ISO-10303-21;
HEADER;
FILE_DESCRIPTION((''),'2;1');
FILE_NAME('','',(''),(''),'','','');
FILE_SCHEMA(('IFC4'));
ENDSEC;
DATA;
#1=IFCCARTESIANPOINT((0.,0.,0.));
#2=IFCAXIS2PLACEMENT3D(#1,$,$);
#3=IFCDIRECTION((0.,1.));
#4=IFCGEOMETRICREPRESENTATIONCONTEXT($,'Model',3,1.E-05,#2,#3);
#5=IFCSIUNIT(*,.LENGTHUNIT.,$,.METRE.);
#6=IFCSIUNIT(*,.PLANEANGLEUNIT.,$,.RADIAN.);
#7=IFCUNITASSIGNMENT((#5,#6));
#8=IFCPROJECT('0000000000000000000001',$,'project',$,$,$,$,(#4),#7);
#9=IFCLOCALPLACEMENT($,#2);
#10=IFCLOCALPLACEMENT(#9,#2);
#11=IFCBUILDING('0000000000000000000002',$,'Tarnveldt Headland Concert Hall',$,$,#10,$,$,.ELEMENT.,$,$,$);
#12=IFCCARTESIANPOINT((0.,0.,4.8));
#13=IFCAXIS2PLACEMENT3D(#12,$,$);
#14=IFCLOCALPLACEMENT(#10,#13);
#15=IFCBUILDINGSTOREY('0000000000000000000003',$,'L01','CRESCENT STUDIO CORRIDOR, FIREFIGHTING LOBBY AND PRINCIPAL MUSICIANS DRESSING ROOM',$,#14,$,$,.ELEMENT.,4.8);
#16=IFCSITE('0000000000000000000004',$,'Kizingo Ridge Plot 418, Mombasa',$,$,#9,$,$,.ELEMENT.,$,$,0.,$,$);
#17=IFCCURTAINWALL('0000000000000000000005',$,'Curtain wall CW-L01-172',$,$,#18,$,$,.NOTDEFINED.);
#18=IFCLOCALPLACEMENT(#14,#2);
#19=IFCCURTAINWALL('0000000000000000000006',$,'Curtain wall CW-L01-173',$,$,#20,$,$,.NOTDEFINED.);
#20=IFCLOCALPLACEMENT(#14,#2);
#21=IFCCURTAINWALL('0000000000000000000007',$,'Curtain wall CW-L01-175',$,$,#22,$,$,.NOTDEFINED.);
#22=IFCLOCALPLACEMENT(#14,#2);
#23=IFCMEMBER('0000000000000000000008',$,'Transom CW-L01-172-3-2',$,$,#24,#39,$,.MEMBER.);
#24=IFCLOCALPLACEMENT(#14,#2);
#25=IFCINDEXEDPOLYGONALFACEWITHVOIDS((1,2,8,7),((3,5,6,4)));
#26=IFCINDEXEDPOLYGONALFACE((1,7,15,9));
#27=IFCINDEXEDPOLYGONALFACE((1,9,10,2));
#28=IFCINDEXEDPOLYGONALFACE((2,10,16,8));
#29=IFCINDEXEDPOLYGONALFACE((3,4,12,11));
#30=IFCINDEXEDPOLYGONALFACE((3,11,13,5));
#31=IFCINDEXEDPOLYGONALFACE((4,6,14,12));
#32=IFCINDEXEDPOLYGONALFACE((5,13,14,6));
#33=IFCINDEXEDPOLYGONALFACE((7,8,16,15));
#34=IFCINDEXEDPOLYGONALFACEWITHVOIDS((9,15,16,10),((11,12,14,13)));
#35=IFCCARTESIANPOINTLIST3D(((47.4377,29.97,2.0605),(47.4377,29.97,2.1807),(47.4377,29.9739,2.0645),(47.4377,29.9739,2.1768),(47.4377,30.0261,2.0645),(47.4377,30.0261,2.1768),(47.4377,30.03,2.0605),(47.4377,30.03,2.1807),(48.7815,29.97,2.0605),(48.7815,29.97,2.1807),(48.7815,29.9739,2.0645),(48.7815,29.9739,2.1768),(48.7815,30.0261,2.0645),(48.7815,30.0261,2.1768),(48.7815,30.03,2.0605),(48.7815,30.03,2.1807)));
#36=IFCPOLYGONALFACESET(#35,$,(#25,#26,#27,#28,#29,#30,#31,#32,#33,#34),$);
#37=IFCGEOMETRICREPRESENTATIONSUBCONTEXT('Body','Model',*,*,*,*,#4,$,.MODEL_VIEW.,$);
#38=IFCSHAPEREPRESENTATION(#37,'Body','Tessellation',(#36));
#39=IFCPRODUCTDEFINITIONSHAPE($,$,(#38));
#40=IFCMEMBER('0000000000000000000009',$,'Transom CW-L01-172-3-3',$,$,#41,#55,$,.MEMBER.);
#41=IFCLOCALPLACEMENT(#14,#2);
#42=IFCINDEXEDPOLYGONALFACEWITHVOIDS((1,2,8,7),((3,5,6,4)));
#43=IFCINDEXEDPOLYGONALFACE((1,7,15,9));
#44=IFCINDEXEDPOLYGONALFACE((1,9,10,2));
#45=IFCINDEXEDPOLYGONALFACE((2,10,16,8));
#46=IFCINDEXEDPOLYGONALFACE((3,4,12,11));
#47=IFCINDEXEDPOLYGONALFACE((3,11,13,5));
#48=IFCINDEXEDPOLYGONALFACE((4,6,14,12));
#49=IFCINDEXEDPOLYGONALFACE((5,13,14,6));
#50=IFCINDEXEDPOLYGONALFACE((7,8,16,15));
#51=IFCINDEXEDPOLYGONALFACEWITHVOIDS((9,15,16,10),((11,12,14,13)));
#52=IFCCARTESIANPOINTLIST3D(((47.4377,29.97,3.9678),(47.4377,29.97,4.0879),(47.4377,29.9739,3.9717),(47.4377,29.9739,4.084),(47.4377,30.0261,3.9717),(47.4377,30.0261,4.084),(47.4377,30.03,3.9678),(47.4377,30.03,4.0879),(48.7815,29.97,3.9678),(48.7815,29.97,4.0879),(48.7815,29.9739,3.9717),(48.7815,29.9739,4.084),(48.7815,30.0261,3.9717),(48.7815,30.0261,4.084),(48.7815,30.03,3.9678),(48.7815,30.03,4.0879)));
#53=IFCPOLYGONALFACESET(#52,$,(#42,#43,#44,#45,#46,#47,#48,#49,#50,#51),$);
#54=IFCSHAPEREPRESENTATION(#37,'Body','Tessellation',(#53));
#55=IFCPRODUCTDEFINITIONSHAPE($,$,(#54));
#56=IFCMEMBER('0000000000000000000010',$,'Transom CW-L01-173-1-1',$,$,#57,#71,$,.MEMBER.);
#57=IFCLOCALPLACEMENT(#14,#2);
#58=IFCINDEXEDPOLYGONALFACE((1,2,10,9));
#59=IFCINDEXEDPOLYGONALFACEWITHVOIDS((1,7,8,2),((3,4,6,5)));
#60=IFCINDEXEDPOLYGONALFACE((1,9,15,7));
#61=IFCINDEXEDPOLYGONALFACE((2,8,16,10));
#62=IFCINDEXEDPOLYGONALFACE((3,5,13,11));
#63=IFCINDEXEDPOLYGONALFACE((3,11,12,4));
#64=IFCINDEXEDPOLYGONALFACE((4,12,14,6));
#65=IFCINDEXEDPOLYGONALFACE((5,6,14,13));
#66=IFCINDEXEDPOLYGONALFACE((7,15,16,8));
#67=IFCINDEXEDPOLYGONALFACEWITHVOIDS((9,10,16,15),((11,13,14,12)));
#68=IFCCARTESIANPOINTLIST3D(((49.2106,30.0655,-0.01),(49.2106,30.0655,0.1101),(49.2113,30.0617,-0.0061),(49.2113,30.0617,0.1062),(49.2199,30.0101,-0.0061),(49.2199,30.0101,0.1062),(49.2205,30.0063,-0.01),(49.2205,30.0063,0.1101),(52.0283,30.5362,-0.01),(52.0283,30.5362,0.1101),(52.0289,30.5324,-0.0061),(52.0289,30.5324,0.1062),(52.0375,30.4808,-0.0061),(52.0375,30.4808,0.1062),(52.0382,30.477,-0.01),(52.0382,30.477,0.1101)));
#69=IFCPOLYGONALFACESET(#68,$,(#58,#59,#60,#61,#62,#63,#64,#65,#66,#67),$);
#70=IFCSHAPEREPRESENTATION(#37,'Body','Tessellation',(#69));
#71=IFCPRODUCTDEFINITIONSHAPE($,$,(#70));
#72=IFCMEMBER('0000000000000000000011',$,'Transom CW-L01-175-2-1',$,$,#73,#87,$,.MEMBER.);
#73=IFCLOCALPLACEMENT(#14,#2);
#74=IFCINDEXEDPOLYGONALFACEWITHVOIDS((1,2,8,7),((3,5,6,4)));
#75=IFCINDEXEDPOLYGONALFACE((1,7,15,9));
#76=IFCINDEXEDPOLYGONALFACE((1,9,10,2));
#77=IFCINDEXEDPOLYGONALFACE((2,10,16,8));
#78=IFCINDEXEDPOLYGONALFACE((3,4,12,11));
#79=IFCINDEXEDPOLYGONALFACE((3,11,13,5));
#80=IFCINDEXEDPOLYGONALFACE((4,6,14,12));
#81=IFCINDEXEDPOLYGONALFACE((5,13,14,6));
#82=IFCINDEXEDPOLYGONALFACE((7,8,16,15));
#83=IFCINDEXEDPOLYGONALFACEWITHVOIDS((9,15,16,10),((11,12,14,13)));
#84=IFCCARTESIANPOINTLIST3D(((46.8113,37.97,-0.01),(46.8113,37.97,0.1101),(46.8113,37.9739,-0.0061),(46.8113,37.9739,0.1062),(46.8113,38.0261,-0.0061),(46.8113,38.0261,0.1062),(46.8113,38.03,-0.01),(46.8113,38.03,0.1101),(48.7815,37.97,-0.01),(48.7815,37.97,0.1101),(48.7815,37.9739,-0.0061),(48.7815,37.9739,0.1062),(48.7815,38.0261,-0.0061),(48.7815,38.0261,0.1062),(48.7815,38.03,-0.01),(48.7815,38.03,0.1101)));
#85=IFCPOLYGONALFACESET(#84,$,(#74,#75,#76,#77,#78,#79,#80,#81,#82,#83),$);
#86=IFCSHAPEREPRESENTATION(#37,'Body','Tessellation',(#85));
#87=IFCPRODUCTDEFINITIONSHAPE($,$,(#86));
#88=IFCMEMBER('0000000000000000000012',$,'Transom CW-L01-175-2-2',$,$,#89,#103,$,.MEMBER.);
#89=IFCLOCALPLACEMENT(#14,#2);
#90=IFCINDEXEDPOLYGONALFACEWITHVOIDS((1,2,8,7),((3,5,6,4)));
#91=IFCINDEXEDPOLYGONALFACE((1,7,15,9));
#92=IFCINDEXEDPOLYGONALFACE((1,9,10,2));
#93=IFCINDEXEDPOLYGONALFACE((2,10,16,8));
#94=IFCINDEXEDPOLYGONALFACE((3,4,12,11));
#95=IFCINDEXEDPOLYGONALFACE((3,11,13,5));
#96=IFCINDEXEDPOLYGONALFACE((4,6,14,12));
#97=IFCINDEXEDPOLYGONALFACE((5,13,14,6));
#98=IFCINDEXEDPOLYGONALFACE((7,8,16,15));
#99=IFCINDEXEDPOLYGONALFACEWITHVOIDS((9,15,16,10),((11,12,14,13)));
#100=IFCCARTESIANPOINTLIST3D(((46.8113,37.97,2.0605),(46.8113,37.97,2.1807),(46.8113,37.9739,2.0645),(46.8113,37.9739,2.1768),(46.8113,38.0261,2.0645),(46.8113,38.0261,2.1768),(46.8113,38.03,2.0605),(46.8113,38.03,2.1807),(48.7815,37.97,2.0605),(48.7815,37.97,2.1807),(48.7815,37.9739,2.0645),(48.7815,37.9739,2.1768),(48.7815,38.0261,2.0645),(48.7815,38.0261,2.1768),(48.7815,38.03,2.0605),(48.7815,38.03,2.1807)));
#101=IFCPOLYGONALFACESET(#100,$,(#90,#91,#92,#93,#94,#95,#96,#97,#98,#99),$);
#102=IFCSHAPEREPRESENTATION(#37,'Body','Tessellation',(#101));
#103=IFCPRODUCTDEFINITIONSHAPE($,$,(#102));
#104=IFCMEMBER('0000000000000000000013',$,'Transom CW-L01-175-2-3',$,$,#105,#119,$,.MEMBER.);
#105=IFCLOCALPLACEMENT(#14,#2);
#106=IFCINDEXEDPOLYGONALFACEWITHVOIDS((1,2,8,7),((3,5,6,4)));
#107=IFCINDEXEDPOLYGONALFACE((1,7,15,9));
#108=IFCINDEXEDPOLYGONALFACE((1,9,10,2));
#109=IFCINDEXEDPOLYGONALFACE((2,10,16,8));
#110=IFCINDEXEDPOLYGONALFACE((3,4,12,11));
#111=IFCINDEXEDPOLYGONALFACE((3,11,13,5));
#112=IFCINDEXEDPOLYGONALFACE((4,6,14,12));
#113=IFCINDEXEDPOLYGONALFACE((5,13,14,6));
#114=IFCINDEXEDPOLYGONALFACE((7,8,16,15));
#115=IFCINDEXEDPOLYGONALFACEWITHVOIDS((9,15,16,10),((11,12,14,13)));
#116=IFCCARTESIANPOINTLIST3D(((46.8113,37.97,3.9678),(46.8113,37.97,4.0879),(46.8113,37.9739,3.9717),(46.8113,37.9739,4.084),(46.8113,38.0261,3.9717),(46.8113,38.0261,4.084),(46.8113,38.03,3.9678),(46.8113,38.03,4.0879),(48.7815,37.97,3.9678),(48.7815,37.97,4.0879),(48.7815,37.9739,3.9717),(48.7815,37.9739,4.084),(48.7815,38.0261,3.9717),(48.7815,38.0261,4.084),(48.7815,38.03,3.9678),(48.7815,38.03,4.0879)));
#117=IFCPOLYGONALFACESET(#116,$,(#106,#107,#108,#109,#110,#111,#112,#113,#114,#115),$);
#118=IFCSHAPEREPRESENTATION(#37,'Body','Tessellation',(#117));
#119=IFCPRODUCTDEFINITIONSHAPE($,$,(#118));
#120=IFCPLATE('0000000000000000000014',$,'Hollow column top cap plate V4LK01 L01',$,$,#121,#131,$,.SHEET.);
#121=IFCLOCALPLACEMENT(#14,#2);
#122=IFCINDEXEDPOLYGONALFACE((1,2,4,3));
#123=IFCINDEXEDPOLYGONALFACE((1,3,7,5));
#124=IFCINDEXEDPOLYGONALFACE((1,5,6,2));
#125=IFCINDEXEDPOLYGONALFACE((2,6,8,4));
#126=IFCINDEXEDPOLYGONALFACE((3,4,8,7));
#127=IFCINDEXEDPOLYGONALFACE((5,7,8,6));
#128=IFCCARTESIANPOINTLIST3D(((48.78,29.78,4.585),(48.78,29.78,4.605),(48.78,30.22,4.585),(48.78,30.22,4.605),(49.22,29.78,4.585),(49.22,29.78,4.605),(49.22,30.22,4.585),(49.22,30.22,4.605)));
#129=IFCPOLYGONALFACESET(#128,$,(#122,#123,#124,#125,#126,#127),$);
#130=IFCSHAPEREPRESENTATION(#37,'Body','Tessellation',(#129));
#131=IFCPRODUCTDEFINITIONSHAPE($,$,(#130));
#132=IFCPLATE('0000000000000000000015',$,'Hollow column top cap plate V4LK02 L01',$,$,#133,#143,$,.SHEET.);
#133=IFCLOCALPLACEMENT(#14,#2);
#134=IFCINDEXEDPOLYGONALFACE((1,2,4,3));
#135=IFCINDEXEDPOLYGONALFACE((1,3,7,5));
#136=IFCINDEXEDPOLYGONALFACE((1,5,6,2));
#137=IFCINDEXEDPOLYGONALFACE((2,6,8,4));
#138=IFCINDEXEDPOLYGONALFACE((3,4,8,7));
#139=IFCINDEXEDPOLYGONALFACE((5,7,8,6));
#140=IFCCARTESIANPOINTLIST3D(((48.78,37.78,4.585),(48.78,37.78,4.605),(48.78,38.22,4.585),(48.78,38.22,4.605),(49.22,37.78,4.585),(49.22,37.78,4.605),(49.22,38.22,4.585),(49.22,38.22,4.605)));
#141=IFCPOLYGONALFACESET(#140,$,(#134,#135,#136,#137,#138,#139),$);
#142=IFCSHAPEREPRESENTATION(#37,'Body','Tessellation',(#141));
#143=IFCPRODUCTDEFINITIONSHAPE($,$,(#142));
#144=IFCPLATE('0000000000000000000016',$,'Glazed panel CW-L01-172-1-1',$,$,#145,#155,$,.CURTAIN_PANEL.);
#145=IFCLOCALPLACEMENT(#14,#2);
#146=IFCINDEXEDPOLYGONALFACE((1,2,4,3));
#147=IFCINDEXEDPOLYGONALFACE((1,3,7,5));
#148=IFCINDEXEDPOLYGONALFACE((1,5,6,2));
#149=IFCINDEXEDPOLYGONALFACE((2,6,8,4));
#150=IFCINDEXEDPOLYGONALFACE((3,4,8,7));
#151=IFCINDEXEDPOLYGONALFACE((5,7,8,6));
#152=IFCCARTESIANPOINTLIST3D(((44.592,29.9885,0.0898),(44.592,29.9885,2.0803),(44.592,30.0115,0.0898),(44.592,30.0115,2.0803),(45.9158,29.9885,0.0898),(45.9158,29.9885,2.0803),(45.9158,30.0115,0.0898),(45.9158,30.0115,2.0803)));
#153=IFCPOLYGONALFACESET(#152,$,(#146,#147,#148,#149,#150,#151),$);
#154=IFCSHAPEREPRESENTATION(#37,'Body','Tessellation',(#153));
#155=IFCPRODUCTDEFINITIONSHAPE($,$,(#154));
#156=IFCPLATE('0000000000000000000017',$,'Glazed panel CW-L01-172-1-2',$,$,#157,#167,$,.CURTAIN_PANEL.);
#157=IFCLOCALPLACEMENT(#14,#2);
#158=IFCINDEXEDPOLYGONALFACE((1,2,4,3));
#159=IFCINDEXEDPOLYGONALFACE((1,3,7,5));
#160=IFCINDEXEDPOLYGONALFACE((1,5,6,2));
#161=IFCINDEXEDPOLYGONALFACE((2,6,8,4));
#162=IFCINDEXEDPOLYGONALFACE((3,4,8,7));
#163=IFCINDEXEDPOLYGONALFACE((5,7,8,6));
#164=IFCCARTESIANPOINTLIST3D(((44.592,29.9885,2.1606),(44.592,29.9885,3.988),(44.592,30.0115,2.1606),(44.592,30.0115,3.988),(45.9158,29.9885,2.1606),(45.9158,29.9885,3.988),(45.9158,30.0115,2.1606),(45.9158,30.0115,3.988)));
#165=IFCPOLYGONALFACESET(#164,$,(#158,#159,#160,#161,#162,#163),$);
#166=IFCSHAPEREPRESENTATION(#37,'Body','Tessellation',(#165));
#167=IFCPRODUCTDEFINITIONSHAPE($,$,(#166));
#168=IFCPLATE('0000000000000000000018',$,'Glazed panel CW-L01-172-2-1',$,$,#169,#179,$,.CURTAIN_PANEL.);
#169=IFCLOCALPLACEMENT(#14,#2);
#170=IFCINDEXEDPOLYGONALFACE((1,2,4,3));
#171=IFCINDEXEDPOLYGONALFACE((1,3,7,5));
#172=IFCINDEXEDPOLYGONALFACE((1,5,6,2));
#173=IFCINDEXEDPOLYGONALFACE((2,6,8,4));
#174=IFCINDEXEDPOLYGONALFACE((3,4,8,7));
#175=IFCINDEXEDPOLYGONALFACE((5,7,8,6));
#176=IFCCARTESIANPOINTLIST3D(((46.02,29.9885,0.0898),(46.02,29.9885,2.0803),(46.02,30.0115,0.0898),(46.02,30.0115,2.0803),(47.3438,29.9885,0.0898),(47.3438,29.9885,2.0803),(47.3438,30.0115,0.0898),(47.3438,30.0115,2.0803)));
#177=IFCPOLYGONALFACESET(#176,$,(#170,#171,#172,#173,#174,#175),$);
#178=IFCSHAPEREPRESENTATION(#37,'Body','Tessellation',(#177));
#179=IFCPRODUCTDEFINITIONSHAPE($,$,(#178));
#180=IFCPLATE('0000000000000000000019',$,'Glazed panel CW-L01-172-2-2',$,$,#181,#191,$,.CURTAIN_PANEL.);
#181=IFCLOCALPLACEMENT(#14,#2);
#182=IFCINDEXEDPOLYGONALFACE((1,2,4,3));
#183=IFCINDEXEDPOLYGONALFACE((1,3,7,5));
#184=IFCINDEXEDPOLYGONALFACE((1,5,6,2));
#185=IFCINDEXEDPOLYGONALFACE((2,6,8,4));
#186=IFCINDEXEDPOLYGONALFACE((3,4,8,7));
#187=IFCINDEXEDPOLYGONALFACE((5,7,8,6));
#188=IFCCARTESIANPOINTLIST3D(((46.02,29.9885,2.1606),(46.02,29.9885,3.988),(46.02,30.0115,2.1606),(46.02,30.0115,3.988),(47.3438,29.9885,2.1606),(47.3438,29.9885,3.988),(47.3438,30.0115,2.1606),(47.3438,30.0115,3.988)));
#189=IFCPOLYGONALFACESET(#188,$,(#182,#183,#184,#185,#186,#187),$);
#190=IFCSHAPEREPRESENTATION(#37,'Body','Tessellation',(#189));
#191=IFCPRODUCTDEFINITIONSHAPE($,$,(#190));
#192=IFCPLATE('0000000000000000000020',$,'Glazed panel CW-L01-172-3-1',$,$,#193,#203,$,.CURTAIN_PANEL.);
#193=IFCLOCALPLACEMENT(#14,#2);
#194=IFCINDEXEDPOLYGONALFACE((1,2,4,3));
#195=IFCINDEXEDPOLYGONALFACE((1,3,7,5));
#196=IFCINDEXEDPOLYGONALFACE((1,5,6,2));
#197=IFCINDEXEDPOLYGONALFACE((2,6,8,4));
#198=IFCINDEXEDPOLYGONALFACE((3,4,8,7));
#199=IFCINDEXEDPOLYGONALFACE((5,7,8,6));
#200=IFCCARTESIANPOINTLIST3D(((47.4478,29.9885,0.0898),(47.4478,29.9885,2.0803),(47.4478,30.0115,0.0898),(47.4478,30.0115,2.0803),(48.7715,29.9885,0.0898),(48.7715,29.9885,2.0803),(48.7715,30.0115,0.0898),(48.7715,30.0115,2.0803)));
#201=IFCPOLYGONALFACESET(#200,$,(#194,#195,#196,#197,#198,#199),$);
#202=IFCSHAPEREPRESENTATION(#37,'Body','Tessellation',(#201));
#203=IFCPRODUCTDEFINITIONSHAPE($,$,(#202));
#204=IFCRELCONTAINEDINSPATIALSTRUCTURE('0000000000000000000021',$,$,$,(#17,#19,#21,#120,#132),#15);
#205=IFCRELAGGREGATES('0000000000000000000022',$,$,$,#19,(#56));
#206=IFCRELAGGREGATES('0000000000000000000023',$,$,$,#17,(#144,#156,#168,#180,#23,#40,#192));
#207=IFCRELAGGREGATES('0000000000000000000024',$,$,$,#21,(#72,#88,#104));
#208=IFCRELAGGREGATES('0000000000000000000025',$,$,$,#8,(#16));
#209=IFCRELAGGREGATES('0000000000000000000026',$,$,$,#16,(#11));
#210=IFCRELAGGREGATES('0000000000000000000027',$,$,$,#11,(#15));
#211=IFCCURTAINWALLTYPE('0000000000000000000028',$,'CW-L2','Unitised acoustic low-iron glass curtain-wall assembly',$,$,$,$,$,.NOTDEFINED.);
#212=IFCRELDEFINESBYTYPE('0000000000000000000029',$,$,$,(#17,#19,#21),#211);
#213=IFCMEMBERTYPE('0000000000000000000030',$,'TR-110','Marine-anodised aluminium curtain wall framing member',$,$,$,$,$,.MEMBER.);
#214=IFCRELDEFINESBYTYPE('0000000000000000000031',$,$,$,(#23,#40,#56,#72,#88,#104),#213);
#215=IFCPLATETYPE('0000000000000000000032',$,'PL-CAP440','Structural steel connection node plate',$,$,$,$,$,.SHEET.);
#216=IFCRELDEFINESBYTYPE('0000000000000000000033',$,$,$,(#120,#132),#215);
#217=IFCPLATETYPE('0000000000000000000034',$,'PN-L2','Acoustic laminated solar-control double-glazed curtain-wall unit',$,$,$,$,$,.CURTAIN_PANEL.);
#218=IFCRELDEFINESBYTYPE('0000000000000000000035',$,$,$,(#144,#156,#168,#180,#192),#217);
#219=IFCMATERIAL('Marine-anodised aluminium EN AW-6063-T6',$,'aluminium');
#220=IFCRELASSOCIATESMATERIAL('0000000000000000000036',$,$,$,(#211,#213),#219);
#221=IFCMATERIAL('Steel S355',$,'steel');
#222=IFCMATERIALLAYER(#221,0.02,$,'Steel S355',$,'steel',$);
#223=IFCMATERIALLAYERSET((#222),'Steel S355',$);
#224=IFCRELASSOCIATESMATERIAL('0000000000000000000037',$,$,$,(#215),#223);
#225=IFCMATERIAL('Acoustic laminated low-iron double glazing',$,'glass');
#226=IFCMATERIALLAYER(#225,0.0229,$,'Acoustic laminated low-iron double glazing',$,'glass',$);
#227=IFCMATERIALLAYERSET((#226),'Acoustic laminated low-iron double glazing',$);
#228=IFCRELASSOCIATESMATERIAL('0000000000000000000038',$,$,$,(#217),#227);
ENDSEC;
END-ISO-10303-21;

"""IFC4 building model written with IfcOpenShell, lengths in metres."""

from ifc_helpers import new_model, si_unit, direction, frame, origin, origin_2d, place, context, subcontext, project, spatial, rectangle, hollow_rectangle, extrude, material, layer, layer_set, material_profile, profile_set, type_object, element, aggregate, save


model = new_model("IFC4")

# Units and contexts
model_context = context("Model", 3, precision=1e-05, world=origin(), true_north=direction((0.0, 1.0)))
body_context = subcontext(model_context, "Body", "Model", "MODEL_VIEW")
ifc_project = project(units=[si_unit("LENGTHUNIT", "METRE"), si_unit("PLANEANGLEUNIT", "RADIAN")], contexts=[model_context])

# Site, building, storey
site_placement = place(None, origin())
site = spatial("IfcSite", under=ifc_project, at=site_placement, Name="Kizingo Ridge Plot 418, Mombasa", CompositionType="ELEMENT", RefElevation=0.0)
building_placement = place(site_placement, origin())
building = spatial("IfcBuilding", under=site, at=building_placement, Name="Tarnveldt Headland Concert Hall", CompositionType="ELEMENT")
storey_placement = place(building_placement, frame((0.0, 0.0, 4.8)))
storey = spatial("IfcBuildingStorey", under=building, at=storey_placement, Name="L01", Description="CRESCENT STUDIO CORRIDOR, FIREFIGHTING LOBBY AND PRINCIPAL MUSICIANS DRESSING ROOM", CompositionType="ELEMENT", Elevation=4.8)

# Shared definitions
ifc_material_1 = material(Name="Steel S355", Category="steel")

# Curtain wall
ifc_material_2 = material(Name="Marine-anodised aluminium EN AW-6063-T6", Category="aluminium")
curtain_wall_type = type_object("IfcCurtainWallType", Name="CW-L2", Description="Unitised acoustic low-iron glass curtain-wall assembly", PredefinedType="NOTDEFINED", material=ifc_material_2)
curtain_wall_1_placement = place(storey_placement, origin())
curtain_wall_1 = element("IfcCurtainWall", 1, at=curtain_wall_1_placement, inside=storey, type_object=curtain_wall_type, Name="Curtain wall CW-L01-172", PredefinedType="NOTDEFINED")

# Curtain wall
curtain_wall_2_placement = place(storey_placement, origin())
curtain_wall_2 = element("IfcCurtainWall", 2, at=curtain_wall_2_placement, inside=storey, type_object=curtain_wall_type, Name="Curtain wall CW-L01-173", PredefinedType="NOTDEFINED")

# Curtain wall
curtain_wall_3_placement = place(storey_placement, origin())
curtain_wall_3 = element("IfcCurtainWall", 3, at=curtain_wall_3_placement, inside=storey, type_object=curtain_wall_type, Name="Curtain wall CW-L01-175", PredefinedType="NOTDEFINED")

# Members
ifc_material_profile_1 = material_profile(ifc_material_2, hollow_rectangle(XDim=0.0601, YDim=0.1201, WallThickness=0.0039, at=origin_2d()), Name="ALU TRANSOM 60x120x4", Category="aluminium")
ifc_profile_set_1 = profile_set([ifc_material_profile_1], Name="Marine-anodised aluminium EN AW-6063-T6")
member_type_1 = type_object("IfcMemberType", Name="TR-110", Description="Marine-anodised aluminium curtain wall framing member", PredefinedType="MEMBER", material=ifc_profile_set_1)
member_1_placement = place(storey_placement, frame((47.4377, 30.0, 2.1206), z_axis=(1.0, 0.0, 0.0), x_axis=(0.0, 1.0, 0.0)))
member_1 = element("IfcMember", 4, at=member_1_placement, type_object=member_type_1, Name="Transom CW-L01-172-3-2", PredefinedType="MEMBER", context=body_context, shape_type="SweptSolid", body=[
    extrude(hollow_rectangle(XDim=0.0601, YDim=0.1201, WallThickness=0.0039, at=origin_2d()), origin(), (0.0, 0.0, 1.0), 1.3438),
])
member_2_placement = place(storey_placement, frame((47.4377, 30.0, 4.0278), z_axis=(1.0, 0.0, 0.0), x_axis=(0.0, 1.0, 0.0)))
member_2 = element("IfcMember", 5, at=member_2_placement, type_object=member_type_1, Name="Transom CW-L01-172-3-3", PredefinedType="MEMBER", context=body_context, shape_type="SweptSolid", body=[
    extrude(hollow_rectangle(XDim=0.0601, YDim=0.1201, WallThickness=0.0039, at=origin_2d()), origin(), (0.0, 0.0, 1.0), 1.3438),
])
member_3_placement = place(storey_placement, frame((49.2156, 30.0359, 0.05), z_axis=(0.986331, 0.164773, 0.0), x_axis=(-0.164773, 0.986331, 0.0)))
member_3 = element("IfcMember", 6, at=member_3_placement, type_object=member_type_1, Name="Transom CW-L01-173-1-1", PredefinedType="MEMBER", context=body_context, shape_type="SweptSolid", body=[
    extrude(hollow_rectangle(XDim=0.0601, YDim=0.1201, WallThickness=0.0039, at=origin_2d()), origin(), (0.0, 0.0, 1.0), 2.8567),
])
aggregate(curtain_wall_2, [member_3])
member_4_placement = place(storey_placement, frame((46.8113, 38.0, 0.05), z_axis=(1.0, 0.0, 0.0), x_axis=(0.0, 1.0, 0.0)))
member_4 = element("IfcMember", 7, at=member_4_placement, type_object=member_type_1, Name="Transom CW-L01-175-2-1", PredefinedType="MEMBER", context=body_context, shape_type="SweptSolid", body=[
    extrude(hollow_rectangle(XDim=0.0601, YDim=0.1201, WallThickness=0.0039, at=origin_2d()), origin(), (0.0, 0.0, 1.0), 1.9702),
])
member_5_placement = place(storey_placement, frame((46.8113, 38.0, 2.1206), z_axis=(1.0, 0.0, 0.0), x_axis=(0.0, 1.0, 0.0)))
member_5 = element("IfcMember", 8, at=member_5_placement, type_object=member_type_1, Name="Transom CW-L01-175-2-2", PredefinedType="MEMBER", context=body_context, shape_type="SweptSolid", body=[
    extrude(hollow_rectangle(XDim=0.0601, YDim=0.1201, WallThickness=0.0039, at=origin_2d()), origin(), (0.0, 0.0, 1.0), 1.9702),
])
member_6_placement = place(storey_placement, frame((46.8113, 38.0, 4.0278), z_axis=(1.0, 0.0, 0.0), x_axis=(0.0, 1.0, 0.0)))
member_6 = element("IfcMember", 9, at=member_6_placement, type_object=member_type_1, Name="Transom CW-L01-175-2-3", PredefinedType="MEMBER", context=body_context, shape_type="SweptSolid", body=[
    extrude(hollow_rectangle(XDim=0.0601, YDim=0.1201, WallThickness=0.0039, at=origin_2d()), origin(), (0.0, 0.0, 1.0), 1.9702),
])

# Plates
ifc_layer_1 = layer(ifc_material_1, 0.02, Name="Steel S355", Category="steel")
ifc_layer_set_1 = layer_set([ifc_layer_1], Name="Steel S355")
plate_type_1 = type_object("IfcPlateType", Name="PL-CAP440", Description="Structural steel connection node plate", PredefinedType="SHEET", material=ifc_layer_set_1)
for number, where, z_axis, x_axis, name in (
    (10, (49.0, 30.0, 4.585), (0.0, 0.0, 1.0), (1.0, 0.0, 0.0), "Hollow column top cap plate V4LK01 L01"),
    (11, (49.0, 38.0, 4.585), (0.0, 0.0, 1.0), (1.0, 0.0, 0.0), "Hollow column top cap plate V4LK02 L01"),
):
    element("IfcPlate", number, at=place(storey_placement, frame(where, z_axis=z_axis, x_axis=x_axis)), inside=storey, type_object=plate_type_1, Name=name, PredefinedType="SHEET", context=body_context, shape_type="SweptSolid", body=[
        extrude(rectangle(XDim=0.4399, YDim=0.4399, at=origin_2d()), origin(), (0.0, 0.0, 1.0), 0.02),
    ])

# Plates
ifc_material_3 = material(Name="Acoustic laminated low-iron double glazing", Category="glass")
ifc_layer_2 = layer(ifc_material_3, 0.0229, Name="Acoustic laminated low-iron double glazing", Category="glass")
ifc_layer_set_2 = layer_set([ifc_layer_2], Name="Acoustic laminated low-iron double glazing")
plate_type_2 = type_object("IfcPlateType", Name="PN-L2", Description="Acoustic laminated solar-control double-glazed curtain-wall unit", PredefinedType="CURTAIN_PANEL", material=ifc_layer_set_2)
plate_1_placement = place(storey_placement, frame((45.2539, 30.0, 0.0898), z_axis=(0.0, 0.0, 1.0), x_axis=(1.0, 0.0, 0.0)))
plate_1 = element("IfcPlate", 12, at=plate_1_placement, type_object=plate_type_2, Name="Glazed panel CW-L01-172-1-1", PredefinedType="CURTAIN_PANEL", context=body_context, shape_type="SweptSolid", body=[
    extrude(rectangle(XDim=1.3237, YDim=0.0229, at=origin_2d()), origin(), (0.0, 0.0, 1.0), 1.9905),
])
plate_2_placement = place(storey_placement, frame((45.2539, 30.0, 2.1606), z_axis=(0.0, 0.0, 1.0), x_axis=(1.0, 0.0, 0.0)))
plate_2 = element("IfcPlate", 13, at=plate_2_placement, type_object=plate_type_2, Name="Glazed panel CW-L01-172-1-2", PredefinedType="CURTAIN_PANEL", context=body_context, shape_type="SweptSolid", body=[
    extrude(rectangle(XDim=1.3237, YDim=0.0229, at=origin_2d()), origin(), (0.0, 0.0, 1.0), 1.8274),
])
plate_3_placement = place(storey_placement, frame((46.6819, 30.0, 0.0898), z_axis=(0.0, 0.0, 1.0), x_axis=(1.0, 0.0, 0.0)))
plate_3 = element("IfcPlate", 14, at=plate_3_placement, type_object=plate_type_2, Name="Glazed panel CW-L01-172-2-1", PredefinedType="CURTAIN_PANEL", context=body_context, shape_type="SweptSolid", body=[
    extrude(rectangle(XDim=1.3237, YDim=0.0229, at=origin_2d()), origin(), (0.0, 0.0, 1.0), 1.9905),
])
plate_4_placement = place(storey_placement, frame((46.6819, 30.0, 2.1606), z_axis=(0.0, 0.0, 1.0), x_axis=(1.0, 0.0, 0.0)))
plate_4 = element("IfcPlate", 15, at=plate_4_placement, type_object=plate_type_2, Name="Glazed panel CW-L01-172-2-2", PredefinedType="CURTAIN_PANEL", context=body_context, shape_type="SweptSolid", body=[
    extrude(rectangle(XDim=1.3237, YDim=0.0229, at=origin_2d()), origin(), (0.0, 0.0, 1.0), 1.8274),
])
plate_5_placement = place(storey_placement, frame((48.1096, 30.0, 0.0898), z_axis=(0.0, 0.0, 1.0), x_axis=(1.0, 0.0, 0.0)))
plate_5 = element("IfcPlate", 16, at=plate_5_placement, type_object=plate_type_2, Name="Glazed panel CW-L01-172-3-1", PredefinedType="CURTAIN_PANEL", context=body_context, shape_type="SweptSolid", body=[
    extrude(rectangle(XDim=1.3237, YDim=0.0229, at=origin_2d()), origin(), (0.0, 0.0, 1.0), 1.9905),
])
aggregate(curtain_wall_1, [plate_1, plate_2, plate_3, plate_4, member_1, member_2, plate_5])
aggregate(curtain_wall_3, [member_4, member_5, member_6])

save(model, "model.ifc")
